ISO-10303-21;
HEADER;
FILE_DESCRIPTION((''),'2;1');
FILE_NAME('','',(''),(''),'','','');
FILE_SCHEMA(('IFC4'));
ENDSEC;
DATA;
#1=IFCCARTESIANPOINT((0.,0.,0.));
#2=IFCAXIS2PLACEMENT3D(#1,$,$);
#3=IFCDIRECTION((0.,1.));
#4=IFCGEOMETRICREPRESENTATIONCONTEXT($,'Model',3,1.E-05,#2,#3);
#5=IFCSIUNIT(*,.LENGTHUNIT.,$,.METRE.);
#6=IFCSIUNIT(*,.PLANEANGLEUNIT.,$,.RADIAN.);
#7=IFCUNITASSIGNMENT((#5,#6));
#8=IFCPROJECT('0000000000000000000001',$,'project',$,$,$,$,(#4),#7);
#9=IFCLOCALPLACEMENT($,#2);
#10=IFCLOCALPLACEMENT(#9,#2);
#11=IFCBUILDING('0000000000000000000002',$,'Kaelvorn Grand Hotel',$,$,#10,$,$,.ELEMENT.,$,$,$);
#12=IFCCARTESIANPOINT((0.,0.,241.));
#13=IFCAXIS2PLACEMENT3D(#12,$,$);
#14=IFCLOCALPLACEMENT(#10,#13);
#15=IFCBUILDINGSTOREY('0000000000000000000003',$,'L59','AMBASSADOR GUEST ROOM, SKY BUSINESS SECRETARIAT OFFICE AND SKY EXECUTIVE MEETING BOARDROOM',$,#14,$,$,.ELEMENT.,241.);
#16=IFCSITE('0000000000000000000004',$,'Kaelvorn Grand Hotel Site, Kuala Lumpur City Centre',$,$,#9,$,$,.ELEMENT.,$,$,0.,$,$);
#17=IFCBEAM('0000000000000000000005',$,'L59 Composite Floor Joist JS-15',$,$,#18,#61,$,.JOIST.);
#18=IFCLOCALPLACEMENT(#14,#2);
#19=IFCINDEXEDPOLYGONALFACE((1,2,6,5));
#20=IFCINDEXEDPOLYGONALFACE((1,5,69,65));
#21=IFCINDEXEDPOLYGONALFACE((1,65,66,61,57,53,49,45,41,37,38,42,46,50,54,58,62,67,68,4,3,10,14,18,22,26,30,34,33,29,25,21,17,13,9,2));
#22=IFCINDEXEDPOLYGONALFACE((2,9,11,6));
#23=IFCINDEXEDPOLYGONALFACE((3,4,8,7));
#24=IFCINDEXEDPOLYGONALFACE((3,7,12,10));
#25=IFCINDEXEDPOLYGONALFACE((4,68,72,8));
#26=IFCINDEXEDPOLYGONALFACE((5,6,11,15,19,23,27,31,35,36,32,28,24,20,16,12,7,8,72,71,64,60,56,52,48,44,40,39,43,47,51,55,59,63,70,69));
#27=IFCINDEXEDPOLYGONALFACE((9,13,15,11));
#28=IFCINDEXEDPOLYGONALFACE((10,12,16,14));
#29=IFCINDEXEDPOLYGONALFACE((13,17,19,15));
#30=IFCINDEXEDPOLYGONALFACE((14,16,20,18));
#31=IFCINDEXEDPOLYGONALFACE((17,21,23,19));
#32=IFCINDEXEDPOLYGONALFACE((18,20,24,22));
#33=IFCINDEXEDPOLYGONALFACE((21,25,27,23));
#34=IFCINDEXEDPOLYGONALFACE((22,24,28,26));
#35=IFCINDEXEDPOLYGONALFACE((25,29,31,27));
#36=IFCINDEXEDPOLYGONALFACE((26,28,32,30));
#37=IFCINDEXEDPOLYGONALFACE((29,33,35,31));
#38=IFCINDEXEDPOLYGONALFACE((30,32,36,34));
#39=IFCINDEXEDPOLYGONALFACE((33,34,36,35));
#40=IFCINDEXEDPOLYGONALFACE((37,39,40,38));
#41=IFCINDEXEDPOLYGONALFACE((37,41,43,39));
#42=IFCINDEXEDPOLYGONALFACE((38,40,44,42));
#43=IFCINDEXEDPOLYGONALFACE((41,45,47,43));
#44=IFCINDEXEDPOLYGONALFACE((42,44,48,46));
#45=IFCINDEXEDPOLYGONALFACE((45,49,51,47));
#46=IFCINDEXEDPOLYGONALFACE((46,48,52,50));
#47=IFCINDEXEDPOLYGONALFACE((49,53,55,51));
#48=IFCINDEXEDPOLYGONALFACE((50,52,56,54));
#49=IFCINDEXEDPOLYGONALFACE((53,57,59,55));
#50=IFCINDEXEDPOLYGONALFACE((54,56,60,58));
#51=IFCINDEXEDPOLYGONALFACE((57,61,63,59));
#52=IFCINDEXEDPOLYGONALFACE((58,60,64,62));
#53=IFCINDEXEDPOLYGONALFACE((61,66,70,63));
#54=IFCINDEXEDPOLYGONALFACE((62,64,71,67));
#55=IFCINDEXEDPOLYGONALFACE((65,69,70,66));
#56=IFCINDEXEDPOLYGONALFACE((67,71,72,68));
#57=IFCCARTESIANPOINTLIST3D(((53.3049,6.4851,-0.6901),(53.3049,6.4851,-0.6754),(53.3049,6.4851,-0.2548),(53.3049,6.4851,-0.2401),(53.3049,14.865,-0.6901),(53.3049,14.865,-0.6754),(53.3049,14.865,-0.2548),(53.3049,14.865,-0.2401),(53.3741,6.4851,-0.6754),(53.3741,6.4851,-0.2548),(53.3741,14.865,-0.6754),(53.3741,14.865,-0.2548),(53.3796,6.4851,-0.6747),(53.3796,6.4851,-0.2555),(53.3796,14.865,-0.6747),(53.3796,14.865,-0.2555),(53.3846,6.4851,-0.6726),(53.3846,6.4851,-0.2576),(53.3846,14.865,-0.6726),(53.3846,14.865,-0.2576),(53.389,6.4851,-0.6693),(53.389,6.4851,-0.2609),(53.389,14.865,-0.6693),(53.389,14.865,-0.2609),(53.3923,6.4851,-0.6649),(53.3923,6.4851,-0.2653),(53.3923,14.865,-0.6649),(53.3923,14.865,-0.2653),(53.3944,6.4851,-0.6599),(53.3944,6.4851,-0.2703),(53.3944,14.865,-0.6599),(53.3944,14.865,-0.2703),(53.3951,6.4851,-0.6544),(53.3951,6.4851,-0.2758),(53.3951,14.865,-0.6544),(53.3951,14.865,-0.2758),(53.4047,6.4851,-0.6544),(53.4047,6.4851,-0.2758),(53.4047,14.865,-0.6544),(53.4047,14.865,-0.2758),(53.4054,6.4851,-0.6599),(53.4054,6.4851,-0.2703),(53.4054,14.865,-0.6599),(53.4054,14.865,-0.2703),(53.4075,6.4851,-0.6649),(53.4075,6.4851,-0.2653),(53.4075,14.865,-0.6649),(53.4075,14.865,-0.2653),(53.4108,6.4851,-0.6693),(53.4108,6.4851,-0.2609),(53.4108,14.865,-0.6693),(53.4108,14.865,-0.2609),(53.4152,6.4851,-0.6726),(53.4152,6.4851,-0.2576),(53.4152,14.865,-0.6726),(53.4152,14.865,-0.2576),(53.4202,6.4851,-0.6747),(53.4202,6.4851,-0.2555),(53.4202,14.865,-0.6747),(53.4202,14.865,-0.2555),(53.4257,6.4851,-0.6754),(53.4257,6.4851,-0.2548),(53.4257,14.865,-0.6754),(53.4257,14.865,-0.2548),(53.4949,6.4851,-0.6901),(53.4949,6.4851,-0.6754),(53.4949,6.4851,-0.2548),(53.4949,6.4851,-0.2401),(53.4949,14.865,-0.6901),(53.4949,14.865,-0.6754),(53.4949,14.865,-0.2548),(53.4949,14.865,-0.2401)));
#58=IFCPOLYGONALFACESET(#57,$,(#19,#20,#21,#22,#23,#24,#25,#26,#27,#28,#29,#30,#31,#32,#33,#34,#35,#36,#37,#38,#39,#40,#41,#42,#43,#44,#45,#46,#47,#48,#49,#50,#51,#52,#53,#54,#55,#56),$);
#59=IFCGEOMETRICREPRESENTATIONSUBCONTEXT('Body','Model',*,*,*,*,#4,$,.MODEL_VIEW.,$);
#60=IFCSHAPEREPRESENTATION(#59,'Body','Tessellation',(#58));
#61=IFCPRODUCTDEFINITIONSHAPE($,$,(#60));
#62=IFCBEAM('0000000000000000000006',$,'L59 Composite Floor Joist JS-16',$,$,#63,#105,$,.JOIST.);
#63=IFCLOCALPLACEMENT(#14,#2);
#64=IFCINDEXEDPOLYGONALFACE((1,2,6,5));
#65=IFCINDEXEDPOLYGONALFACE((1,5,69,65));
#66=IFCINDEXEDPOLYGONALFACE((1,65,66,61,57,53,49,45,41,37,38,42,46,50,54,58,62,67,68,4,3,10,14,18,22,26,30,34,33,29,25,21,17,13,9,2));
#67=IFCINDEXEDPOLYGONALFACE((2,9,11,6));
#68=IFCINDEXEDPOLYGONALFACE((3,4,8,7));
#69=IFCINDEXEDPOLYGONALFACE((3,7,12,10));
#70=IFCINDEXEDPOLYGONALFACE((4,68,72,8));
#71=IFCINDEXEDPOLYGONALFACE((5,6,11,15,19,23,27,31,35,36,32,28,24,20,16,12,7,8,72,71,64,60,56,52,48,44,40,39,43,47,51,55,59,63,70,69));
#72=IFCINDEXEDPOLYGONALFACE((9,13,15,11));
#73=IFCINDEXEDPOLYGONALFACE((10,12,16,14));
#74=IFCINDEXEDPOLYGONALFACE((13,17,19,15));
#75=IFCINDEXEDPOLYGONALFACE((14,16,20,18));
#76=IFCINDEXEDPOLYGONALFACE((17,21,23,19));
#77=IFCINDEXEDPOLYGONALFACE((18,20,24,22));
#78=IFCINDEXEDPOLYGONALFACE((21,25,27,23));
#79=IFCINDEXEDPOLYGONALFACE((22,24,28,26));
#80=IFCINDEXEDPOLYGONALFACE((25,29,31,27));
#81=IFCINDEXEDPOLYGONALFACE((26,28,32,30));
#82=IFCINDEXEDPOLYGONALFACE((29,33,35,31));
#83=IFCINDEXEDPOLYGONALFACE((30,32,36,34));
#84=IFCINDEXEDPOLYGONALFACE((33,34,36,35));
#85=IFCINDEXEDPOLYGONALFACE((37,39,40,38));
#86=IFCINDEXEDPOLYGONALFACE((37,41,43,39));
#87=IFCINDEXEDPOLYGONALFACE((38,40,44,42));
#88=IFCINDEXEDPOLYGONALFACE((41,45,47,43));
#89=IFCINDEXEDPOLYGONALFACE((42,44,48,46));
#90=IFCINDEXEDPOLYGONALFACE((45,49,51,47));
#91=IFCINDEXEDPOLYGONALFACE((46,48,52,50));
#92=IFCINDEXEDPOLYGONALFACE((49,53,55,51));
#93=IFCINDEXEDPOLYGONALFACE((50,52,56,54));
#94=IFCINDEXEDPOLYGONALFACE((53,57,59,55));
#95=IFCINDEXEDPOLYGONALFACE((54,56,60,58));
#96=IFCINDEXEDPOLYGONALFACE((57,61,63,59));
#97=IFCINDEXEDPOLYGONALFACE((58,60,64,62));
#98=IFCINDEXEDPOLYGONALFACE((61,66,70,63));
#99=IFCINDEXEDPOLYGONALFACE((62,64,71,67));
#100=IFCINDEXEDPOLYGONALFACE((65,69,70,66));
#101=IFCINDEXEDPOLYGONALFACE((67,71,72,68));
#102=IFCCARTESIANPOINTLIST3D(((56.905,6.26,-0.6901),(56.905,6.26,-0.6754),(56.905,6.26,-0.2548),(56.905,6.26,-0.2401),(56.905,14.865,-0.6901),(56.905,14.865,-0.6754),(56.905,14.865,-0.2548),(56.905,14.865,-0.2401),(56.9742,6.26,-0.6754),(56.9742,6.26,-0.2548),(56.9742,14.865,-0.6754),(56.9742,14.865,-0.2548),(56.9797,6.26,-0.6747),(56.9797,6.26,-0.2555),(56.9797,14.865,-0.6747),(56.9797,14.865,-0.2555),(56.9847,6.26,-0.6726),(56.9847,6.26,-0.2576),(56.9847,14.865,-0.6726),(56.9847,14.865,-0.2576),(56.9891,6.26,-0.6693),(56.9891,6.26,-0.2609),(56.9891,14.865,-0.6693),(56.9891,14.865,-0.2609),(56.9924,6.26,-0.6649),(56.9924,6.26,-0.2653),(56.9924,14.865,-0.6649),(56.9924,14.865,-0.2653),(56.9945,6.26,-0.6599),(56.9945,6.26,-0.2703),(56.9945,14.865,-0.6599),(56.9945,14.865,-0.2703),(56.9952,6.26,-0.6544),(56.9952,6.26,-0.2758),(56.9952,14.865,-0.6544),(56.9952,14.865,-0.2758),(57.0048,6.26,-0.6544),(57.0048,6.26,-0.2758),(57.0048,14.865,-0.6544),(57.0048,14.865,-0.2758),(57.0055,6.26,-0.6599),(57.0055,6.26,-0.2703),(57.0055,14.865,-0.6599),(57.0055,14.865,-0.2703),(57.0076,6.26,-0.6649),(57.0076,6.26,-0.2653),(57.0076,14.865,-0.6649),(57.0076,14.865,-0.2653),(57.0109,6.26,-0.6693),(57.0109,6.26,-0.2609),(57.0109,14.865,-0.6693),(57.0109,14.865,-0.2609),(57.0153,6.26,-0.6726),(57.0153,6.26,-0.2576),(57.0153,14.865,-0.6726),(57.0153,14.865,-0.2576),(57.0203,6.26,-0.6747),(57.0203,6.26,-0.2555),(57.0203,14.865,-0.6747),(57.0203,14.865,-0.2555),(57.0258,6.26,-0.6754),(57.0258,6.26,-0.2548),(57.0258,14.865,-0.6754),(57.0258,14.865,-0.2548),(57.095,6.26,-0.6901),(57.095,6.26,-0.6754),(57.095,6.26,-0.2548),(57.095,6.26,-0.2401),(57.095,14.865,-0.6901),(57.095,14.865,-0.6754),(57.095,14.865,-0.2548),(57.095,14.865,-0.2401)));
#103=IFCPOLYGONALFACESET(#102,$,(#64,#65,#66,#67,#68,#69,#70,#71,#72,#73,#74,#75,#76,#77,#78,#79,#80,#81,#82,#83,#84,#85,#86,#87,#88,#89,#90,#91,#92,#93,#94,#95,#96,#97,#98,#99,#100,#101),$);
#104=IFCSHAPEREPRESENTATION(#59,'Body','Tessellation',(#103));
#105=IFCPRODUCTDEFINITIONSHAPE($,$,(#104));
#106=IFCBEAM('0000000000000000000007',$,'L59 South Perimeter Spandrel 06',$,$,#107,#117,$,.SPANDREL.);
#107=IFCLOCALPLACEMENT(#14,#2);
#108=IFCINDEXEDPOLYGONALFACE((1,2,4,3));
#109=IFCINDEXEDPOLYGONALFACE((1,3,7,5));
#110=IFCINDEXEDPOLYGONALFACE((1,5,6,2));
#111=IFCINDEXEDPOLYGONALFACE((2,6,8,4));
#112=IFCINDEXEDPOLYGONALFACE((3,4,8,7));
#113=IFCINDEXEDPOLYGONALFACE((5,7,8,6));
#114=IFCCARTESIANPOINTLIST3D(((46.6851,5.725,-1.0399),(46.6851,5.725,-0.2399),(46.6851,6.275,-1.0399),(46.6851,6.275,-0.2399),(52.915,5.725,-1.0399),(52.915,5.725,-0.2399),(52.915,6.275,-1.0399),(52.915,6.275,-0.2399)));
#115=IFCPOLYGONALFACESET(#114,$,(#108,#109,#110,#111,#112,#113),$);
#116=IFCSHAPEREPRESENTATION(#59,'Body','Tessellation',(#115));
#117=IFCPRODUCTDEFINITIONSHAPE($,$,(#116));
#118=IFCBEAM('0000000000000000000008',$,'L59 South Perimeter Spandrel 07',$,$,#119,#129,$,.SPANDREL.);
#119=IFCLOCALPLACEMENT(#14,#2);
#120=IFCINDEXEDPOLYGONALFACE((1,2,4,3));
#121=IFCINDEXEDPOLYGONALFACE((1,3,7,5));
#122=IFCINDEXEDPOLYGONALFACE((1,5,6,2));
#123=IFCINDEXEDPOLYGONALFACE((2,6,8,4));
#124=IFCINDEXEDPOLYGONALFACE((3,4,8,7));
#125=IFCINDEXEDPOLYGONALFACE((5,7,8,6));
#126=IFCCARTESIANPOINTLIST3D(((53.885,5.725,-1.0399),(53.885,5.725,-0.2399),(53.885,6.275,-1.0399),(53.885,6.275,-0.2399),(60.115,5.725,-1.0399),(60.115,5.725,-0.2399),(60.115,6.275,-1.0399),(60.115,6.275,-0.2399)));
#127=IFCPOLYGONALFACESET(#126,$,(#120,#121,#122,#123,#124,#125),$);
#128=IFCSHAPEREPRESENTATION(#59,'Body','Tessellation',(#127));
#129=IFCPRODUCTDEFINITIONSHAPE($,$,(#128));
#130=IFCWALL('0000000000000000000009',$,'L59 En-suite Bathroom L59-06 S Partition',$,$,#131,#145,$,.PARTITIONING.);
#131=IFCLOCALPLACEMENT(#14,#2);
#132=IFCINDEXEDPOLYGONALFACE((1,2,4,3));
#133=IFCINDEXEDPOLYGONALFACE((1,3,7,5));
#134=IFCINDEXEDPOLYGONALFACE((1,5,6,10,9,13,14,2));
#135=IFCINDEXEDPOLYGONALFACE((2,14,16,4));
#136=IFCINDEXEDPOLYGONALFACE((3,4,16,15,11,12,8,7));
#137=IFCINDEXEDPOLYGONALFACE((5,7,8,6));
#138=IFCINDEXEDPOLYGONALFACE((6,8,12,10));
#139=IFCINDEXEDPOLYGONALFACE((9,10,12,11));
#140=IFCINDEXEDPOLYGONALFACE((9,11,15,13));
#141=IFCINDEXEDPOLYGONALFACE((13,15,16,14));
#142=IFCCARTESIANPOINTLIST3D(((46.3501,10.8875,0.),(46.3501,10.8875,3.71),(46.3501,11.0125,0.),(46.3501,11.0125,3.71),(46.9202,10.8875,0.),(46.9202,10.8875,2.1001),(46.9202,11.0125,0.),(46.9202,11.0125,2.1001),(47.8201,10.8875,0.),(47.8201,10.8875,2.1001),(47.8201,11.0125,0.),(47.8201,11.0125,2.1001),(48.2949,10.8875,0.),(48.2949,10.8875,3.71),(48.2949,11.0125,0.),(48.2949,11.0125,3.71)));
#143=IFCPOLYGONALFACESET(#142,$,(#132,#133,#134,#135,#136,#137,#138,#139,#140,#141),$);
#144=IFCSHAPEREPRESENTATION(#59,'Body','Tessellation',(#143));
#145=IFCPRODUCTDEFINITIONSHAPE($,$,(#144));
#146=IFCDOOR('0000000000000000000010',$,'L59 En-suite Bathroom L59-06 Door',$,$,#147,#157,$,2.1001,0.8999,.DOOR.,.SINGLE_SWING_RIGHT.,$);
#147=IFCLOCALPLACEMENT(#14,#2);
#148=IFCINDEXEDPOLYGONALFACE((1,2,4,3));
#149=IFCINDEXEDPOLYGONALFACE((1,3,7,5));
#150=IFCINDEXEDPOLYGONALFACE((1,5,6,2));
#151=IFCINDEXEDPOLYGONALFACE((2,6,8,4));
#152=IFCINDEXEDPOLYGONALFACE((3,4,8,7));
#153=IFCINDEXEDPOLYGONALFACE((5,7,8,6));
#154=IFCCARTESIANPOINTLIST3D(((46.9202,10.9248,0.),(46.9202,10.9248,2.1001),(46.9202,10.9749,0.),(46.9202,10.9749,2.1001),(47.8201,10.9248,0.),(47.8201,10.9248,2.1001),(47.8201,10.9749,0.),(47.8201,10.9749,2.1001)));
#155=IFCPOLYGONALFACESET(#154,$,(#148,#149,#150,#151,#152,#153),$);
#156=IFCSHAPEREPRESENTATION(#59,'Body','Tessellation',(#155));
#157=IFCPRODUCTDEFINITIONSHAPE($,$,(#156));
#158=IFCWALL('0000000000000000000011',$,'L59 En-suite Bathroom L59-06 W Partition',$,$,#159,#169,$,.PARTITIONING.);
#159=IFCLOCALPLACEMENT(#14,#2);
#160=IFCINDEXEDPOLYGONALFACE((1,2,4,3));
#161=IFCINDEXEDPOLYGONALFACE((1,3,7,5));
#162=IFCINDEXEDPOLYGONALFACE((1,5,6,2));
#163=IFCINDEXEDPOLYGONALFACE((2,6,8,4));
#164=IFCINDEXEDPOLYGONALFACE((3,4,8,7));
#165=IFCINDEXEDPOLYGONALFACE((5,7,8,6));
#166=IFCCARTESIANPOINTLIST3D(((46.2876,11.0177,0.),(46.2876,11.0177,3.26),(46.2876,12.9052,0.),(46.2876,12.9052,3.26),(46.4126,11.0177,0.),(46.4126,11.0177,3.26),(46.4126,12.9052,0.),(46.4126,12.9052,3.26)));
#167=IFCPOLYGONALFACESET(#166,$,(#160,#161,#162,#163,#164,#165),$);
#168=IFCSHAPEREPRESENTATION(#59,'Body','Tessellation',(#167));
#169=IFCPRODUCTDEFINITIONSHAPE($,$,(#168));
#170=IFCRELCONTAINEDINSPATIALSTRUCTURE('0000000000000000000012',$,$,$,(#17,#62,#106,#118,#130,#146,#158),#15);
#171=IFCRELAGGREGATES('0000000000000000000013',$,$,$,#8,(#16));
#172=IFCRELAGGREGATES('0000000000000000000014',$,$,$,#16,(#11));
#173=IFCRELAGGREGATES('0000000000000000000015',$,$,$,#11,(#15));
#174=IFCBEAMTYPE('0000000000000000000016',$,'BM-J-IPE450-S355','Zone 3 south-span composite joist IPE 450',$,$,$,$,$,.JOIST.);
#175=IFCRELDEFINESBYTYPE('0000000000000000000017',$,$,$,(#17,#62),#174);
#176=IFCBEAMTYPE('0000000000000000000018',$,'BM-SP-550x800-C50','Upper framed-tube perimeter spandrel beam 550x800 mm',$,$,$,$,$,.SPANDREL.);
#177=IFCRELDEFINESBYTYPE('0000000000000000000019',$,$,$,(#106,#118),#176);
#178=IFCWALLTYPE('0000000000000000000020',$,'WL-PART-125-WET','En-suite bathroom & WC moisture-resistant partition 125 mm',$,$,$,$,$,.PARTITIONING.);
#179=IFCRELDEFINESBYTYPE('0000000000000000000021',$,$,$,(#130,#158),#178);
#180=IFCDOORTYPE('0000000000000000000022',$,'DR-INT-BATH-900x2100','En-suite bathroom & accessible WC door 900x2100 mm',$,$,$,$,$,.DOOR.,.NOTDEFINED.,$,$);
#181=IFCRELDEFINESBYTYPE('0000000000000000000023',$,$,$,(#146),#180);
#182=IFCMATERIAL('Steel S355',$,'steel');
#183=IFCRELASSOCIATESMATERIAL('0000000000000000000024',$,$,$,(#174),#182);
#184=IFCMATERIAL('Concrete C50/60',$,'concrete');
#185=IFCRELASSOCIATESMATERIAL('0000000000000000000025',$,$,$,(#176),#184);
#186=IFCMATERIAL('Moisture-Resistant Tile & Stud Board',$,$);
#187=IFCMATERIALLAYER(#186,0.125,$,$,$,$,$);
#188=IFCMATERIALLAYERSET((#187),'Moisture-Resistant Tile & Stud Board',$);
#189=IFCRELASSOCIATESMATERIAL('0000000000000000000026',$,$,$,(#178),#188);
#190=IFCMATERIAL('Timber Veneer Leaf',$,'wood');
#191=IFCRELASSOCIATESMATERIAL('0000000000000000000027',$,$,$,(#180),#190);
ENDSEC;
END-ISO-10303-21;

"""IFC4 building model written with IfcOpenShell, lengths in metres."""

from ifc_helpers import new_model, si_unit, direction, frame, frame_2d, origin, origin_2d, place, context, subcontext, project, spatial, rectangle, i_section, extrude, material, layer, layer_set, material_profile, profile_set, type_object, element, fill, save


model = new_model("IFC4")

# Units and contexts
model_context = context("Model", 3, precision=1e-05, world=origin(), true_north=direction((0.0, 1.0)))
body_context = subcontext(model_context, "Body", "Model", "MODEL_VIEW")
ifc_project = project(units=[si_unit("LENGTHUNIT", "METRE"), si_unit("PLANEANGLEUNIT", "RADIAN")], contexts=[model_context])

# Site, building, storey
site_placement = place(None, origin())
site = spatial("IfcSite", under=ifc_project, at=site_placement, Name="Kaelvorn Grand Hotel Site, Kuala Lumpur City Centre", CompositionType="ELEMENT", RefElevation=0.0)
building_placement = place(site_placement, origin())
building = spatial("IfcBuilding", under=site, at=building_placement, Name="Kaelvorn Grand Hotel", CompositionType="ELEMENT")
storey_placement = place(building_placement, frame((0.0, 0.0, 241.0)))
storey = spatial("IfcBuildingStorey", under=building, at=storey_placement, Name="L59", Description="AMBASSADOR GUEST ROOM, SKY BUSINESS SECRETARIAT OFFICE AND SKY EXECUTIVE MEETING BOARDROOM", CompositionType="ELEMENT", Elevation=241.0)

# Shared definitions
ifc_material_1 = material(Name="Concrete C50/60", Category="concrete")

# Beams
ifc_material_2 = material(Name="Steel S355", Category="steel")
ifc_material_profile_1 = material_profile(ifc_material_2, i_section(OverallWidth=0.1899, OverallDepth=0.45, WebThickness=0.0095, FlangeThickness=0.0146, FilletRadius=0.021, at=origin_2d()), Name="IPE 450")
ifc_profile_set_1 = profile_set([ifc_material_profile_1], Name="Steel S355")
beam_type_1 = type_object("IfcBeamType", Name="BM-J-IPE450-S355", Description="Zone 3 south-span composite joist IPE 450", PredefinedType="JOIST", material=ifc_profile_set_1)
beam_1_placement = place(storey_placement, frame((53.3999, 6.4851, -0.4651), z_axis=(0.0, 1.0, 0.0), x_axis=(-1.0, 0.0, 0.0)))
element("IfcBeam", 1, at=beam_1_placement, inside=storey, type_object=beam_type_1, Name="L59 Composite Floor Joist JS-15", PredefinedType="JOIST", context=body_context, shape_type="SweptSolid", body=[
    extrude(i_section(OverallWidth=0.1899, OverallDepth=0.45, WebThickness=0.0095, FlangeThickness=0.0146, FilletRadius=0.021, at=origin_2d()), origin(), (0.0, 0.0, 1.0), 8.3799),
])
beam_2_placement = place(storey_placement, frame((57.0, 6.26, -0.4651), z_axis=(0.0, 1.0, 0.0), x_axis=(-1.0, 0.0, 0.0)))
element("IfcBeam", 2, at=beam_2_placement, inside=storey, type_object=beam_type_1, Name="L59 Composite Floor Joist JS-16", PredefinedType="JOIST", context=body_context, shape_type="SweptSolid", body=[
    extrude(i_section(OverallWidth=0.1899, OverallDepth=0.45, WebThickness=0.0095, FlangeThickness=0.0146, FilletRadius=0.021, at=origin_2d()), origin(), (0.0, 0.0, 1.0), 8.605),
])
ifc_material_profile_2 = material_profile(ifc_material_1, rectangle(XDim=0.55, YDim=0.8, at=origin_2d()), Name="RC SPANDREL 550x800")
ifc_profile_set_2 = profile_set([ifc_material_profile_2], Name="Concrete C50/60")
beam_type_2 = type_object("IfcBeamType", Name="BM-SP-550x800-C50", Description="Upper framed-tube perimeter spandrel beam 550x800 mm", PredefinedType="SPANDREL", material=ifc_profile_set_2)
for number, where, z_axis, x_axis, name in (
    (3, (46.6851, 6.0, -0.6399), (1.0, 0.0, 0.0), (0.0, 1.0, 0.0), "L59 South Perimeter Spandrel 06"),
    (4, (53.885, 6.0, -0.6399), (1.0, 0.0, 0.0), (0.0, 1.0, 0.0), "L59 South Perimeter Spandrel 07"),
):
    element("IfcBeam", number, at=place(storey_placement, frame(where, z_axis=z_axis, x_axis=x_axis)), inside=storey, type_object=beam_type_2, Name=name, PredefinedType="SPANDREL", context=body_context, shape_type="SweptSolid", body=[
        extrude(rectangle(XDim=0.55, YDim=0.8, at=origin_2d()), origin(), (0.0, 0.0, 1.0), 6.23),
    ])

# Wall, opening, door
ifc_material_3 = material(Name="Moisture-Resistant Tile & Stud Board")
ifc_layer_1 = layer(ifc_material_3, 0.125)
ifc_layer_set_1 = layer_set([ifc_layer_1], Name="Moisture-Resistant Tile & Stud Board")
wall_type_1 = type_object("IfcWallType", Name="WL-PART-125-WET", Description="En-suite bathroom & WC moisture-resistant partition 125 mm", PredefinedType="PARTITIONING", material=ifc_layer_set_1)
wall_1_placement = place(storey_placement, frame((46.3501, 10.95, 0.0), z_axis=(0.0, 0.0, 1.0), x_axis=(1.0, 0.0, 0.0)))
wall_1 = element("IfcWall", 5, at=wall_1_placement, inside=storey, type_object=wall_type_1, Name="L59 En-suite Bathroom L59-06 S Partition", PredefinedType="PARTITIONING", context=body_context, shape_type="SweptSolid", body=[
    extrude(rectangle(XDim=1.9448, YDim=0.125, at=frame_2d((0.9724, 0.0))), origin(), (0.0, 0.0, 1.0), 3.71),
])
opening_1_placement = place(wall_1_placement, frame((0.5701, 0.0, 0.0)))
opening_1 = element("IfcOpeningElement", 6, at=opening_1_placement, cuts=wall_1, PredefinedType="OPENING", context=body_context, shape_type="SweptSolid", body=[
    extrude(rectangle(XDim=0.8999, YDim=2.1001, at=frame_2d((0.45, 1.05))), frame((0.0, 0.0725, 0.0), z_axis=(0.0, -1.0, 0.0), x_axis=(1.0, 0.0, 0.0)), (0.0, 0.0, 1.0), 0.145),
])
ifc_material_4 = material(Name="Timber Veneer Leaf", Category="wood")
door_type = type_object("IfcDoorType", Name="DR-INT-BATH-900x2100", Description="En-suite bathroom & accessible WC door 900x2100 mm", OperationType="NOTDEFINED", PredefinedType="DOOR", material=ifc_material_4)
door_1_placement = place(opening_1_placement, origin())
door_1 = element("IfcDoor", 7, at=door_1_placement, inside=storey, type_object=door_type, Name="L59 En-suite Bathroom L59-06 Door", OperationType="SINGLE_SWING_RIGHT", OverallHeight=2.1001, OverallWidth=0.8999, PredefinedType="DOOR", context=body_context, shape_type="SweptSolid", body=[
    extrude(rectangle(XDim=0.8999, YDim=2.1001, at=frame_2d((0.45, 1.05))), frame((0.0, 0.0249, 0.0), z_axis=(0.0, -1.0, 0.0), x_axis=(1.0, 0.0, 0.0)), (0.0, 0.0, 1.0), 0.05),
])
fill(opening_1, door_1)

# Wall
wall_2_placement = place(storey_placement, frame((46.3501, 11.0176, 0.0), z_axis=(0.0, 0.0, 1.0), x_axis=(0.0, 1.0, 0.0)))
element("IfcWall", 8, at=wall_2_placement, inside=storey, type_object=wall_type_1, Name="L59 En-suite Bathroom L59-06 W Partition", PredefinedType="PARTITIONING", context=body_context, shape_type="SweptSolid", body=[
    extrude(rectangle(XDim=1.8875, YDim=0.125, at=frame_2d((0.9438, 0.0))), origin(), (0.0, 0.0, 1.0), 3.26),
])

save(model, "model.ifc")
